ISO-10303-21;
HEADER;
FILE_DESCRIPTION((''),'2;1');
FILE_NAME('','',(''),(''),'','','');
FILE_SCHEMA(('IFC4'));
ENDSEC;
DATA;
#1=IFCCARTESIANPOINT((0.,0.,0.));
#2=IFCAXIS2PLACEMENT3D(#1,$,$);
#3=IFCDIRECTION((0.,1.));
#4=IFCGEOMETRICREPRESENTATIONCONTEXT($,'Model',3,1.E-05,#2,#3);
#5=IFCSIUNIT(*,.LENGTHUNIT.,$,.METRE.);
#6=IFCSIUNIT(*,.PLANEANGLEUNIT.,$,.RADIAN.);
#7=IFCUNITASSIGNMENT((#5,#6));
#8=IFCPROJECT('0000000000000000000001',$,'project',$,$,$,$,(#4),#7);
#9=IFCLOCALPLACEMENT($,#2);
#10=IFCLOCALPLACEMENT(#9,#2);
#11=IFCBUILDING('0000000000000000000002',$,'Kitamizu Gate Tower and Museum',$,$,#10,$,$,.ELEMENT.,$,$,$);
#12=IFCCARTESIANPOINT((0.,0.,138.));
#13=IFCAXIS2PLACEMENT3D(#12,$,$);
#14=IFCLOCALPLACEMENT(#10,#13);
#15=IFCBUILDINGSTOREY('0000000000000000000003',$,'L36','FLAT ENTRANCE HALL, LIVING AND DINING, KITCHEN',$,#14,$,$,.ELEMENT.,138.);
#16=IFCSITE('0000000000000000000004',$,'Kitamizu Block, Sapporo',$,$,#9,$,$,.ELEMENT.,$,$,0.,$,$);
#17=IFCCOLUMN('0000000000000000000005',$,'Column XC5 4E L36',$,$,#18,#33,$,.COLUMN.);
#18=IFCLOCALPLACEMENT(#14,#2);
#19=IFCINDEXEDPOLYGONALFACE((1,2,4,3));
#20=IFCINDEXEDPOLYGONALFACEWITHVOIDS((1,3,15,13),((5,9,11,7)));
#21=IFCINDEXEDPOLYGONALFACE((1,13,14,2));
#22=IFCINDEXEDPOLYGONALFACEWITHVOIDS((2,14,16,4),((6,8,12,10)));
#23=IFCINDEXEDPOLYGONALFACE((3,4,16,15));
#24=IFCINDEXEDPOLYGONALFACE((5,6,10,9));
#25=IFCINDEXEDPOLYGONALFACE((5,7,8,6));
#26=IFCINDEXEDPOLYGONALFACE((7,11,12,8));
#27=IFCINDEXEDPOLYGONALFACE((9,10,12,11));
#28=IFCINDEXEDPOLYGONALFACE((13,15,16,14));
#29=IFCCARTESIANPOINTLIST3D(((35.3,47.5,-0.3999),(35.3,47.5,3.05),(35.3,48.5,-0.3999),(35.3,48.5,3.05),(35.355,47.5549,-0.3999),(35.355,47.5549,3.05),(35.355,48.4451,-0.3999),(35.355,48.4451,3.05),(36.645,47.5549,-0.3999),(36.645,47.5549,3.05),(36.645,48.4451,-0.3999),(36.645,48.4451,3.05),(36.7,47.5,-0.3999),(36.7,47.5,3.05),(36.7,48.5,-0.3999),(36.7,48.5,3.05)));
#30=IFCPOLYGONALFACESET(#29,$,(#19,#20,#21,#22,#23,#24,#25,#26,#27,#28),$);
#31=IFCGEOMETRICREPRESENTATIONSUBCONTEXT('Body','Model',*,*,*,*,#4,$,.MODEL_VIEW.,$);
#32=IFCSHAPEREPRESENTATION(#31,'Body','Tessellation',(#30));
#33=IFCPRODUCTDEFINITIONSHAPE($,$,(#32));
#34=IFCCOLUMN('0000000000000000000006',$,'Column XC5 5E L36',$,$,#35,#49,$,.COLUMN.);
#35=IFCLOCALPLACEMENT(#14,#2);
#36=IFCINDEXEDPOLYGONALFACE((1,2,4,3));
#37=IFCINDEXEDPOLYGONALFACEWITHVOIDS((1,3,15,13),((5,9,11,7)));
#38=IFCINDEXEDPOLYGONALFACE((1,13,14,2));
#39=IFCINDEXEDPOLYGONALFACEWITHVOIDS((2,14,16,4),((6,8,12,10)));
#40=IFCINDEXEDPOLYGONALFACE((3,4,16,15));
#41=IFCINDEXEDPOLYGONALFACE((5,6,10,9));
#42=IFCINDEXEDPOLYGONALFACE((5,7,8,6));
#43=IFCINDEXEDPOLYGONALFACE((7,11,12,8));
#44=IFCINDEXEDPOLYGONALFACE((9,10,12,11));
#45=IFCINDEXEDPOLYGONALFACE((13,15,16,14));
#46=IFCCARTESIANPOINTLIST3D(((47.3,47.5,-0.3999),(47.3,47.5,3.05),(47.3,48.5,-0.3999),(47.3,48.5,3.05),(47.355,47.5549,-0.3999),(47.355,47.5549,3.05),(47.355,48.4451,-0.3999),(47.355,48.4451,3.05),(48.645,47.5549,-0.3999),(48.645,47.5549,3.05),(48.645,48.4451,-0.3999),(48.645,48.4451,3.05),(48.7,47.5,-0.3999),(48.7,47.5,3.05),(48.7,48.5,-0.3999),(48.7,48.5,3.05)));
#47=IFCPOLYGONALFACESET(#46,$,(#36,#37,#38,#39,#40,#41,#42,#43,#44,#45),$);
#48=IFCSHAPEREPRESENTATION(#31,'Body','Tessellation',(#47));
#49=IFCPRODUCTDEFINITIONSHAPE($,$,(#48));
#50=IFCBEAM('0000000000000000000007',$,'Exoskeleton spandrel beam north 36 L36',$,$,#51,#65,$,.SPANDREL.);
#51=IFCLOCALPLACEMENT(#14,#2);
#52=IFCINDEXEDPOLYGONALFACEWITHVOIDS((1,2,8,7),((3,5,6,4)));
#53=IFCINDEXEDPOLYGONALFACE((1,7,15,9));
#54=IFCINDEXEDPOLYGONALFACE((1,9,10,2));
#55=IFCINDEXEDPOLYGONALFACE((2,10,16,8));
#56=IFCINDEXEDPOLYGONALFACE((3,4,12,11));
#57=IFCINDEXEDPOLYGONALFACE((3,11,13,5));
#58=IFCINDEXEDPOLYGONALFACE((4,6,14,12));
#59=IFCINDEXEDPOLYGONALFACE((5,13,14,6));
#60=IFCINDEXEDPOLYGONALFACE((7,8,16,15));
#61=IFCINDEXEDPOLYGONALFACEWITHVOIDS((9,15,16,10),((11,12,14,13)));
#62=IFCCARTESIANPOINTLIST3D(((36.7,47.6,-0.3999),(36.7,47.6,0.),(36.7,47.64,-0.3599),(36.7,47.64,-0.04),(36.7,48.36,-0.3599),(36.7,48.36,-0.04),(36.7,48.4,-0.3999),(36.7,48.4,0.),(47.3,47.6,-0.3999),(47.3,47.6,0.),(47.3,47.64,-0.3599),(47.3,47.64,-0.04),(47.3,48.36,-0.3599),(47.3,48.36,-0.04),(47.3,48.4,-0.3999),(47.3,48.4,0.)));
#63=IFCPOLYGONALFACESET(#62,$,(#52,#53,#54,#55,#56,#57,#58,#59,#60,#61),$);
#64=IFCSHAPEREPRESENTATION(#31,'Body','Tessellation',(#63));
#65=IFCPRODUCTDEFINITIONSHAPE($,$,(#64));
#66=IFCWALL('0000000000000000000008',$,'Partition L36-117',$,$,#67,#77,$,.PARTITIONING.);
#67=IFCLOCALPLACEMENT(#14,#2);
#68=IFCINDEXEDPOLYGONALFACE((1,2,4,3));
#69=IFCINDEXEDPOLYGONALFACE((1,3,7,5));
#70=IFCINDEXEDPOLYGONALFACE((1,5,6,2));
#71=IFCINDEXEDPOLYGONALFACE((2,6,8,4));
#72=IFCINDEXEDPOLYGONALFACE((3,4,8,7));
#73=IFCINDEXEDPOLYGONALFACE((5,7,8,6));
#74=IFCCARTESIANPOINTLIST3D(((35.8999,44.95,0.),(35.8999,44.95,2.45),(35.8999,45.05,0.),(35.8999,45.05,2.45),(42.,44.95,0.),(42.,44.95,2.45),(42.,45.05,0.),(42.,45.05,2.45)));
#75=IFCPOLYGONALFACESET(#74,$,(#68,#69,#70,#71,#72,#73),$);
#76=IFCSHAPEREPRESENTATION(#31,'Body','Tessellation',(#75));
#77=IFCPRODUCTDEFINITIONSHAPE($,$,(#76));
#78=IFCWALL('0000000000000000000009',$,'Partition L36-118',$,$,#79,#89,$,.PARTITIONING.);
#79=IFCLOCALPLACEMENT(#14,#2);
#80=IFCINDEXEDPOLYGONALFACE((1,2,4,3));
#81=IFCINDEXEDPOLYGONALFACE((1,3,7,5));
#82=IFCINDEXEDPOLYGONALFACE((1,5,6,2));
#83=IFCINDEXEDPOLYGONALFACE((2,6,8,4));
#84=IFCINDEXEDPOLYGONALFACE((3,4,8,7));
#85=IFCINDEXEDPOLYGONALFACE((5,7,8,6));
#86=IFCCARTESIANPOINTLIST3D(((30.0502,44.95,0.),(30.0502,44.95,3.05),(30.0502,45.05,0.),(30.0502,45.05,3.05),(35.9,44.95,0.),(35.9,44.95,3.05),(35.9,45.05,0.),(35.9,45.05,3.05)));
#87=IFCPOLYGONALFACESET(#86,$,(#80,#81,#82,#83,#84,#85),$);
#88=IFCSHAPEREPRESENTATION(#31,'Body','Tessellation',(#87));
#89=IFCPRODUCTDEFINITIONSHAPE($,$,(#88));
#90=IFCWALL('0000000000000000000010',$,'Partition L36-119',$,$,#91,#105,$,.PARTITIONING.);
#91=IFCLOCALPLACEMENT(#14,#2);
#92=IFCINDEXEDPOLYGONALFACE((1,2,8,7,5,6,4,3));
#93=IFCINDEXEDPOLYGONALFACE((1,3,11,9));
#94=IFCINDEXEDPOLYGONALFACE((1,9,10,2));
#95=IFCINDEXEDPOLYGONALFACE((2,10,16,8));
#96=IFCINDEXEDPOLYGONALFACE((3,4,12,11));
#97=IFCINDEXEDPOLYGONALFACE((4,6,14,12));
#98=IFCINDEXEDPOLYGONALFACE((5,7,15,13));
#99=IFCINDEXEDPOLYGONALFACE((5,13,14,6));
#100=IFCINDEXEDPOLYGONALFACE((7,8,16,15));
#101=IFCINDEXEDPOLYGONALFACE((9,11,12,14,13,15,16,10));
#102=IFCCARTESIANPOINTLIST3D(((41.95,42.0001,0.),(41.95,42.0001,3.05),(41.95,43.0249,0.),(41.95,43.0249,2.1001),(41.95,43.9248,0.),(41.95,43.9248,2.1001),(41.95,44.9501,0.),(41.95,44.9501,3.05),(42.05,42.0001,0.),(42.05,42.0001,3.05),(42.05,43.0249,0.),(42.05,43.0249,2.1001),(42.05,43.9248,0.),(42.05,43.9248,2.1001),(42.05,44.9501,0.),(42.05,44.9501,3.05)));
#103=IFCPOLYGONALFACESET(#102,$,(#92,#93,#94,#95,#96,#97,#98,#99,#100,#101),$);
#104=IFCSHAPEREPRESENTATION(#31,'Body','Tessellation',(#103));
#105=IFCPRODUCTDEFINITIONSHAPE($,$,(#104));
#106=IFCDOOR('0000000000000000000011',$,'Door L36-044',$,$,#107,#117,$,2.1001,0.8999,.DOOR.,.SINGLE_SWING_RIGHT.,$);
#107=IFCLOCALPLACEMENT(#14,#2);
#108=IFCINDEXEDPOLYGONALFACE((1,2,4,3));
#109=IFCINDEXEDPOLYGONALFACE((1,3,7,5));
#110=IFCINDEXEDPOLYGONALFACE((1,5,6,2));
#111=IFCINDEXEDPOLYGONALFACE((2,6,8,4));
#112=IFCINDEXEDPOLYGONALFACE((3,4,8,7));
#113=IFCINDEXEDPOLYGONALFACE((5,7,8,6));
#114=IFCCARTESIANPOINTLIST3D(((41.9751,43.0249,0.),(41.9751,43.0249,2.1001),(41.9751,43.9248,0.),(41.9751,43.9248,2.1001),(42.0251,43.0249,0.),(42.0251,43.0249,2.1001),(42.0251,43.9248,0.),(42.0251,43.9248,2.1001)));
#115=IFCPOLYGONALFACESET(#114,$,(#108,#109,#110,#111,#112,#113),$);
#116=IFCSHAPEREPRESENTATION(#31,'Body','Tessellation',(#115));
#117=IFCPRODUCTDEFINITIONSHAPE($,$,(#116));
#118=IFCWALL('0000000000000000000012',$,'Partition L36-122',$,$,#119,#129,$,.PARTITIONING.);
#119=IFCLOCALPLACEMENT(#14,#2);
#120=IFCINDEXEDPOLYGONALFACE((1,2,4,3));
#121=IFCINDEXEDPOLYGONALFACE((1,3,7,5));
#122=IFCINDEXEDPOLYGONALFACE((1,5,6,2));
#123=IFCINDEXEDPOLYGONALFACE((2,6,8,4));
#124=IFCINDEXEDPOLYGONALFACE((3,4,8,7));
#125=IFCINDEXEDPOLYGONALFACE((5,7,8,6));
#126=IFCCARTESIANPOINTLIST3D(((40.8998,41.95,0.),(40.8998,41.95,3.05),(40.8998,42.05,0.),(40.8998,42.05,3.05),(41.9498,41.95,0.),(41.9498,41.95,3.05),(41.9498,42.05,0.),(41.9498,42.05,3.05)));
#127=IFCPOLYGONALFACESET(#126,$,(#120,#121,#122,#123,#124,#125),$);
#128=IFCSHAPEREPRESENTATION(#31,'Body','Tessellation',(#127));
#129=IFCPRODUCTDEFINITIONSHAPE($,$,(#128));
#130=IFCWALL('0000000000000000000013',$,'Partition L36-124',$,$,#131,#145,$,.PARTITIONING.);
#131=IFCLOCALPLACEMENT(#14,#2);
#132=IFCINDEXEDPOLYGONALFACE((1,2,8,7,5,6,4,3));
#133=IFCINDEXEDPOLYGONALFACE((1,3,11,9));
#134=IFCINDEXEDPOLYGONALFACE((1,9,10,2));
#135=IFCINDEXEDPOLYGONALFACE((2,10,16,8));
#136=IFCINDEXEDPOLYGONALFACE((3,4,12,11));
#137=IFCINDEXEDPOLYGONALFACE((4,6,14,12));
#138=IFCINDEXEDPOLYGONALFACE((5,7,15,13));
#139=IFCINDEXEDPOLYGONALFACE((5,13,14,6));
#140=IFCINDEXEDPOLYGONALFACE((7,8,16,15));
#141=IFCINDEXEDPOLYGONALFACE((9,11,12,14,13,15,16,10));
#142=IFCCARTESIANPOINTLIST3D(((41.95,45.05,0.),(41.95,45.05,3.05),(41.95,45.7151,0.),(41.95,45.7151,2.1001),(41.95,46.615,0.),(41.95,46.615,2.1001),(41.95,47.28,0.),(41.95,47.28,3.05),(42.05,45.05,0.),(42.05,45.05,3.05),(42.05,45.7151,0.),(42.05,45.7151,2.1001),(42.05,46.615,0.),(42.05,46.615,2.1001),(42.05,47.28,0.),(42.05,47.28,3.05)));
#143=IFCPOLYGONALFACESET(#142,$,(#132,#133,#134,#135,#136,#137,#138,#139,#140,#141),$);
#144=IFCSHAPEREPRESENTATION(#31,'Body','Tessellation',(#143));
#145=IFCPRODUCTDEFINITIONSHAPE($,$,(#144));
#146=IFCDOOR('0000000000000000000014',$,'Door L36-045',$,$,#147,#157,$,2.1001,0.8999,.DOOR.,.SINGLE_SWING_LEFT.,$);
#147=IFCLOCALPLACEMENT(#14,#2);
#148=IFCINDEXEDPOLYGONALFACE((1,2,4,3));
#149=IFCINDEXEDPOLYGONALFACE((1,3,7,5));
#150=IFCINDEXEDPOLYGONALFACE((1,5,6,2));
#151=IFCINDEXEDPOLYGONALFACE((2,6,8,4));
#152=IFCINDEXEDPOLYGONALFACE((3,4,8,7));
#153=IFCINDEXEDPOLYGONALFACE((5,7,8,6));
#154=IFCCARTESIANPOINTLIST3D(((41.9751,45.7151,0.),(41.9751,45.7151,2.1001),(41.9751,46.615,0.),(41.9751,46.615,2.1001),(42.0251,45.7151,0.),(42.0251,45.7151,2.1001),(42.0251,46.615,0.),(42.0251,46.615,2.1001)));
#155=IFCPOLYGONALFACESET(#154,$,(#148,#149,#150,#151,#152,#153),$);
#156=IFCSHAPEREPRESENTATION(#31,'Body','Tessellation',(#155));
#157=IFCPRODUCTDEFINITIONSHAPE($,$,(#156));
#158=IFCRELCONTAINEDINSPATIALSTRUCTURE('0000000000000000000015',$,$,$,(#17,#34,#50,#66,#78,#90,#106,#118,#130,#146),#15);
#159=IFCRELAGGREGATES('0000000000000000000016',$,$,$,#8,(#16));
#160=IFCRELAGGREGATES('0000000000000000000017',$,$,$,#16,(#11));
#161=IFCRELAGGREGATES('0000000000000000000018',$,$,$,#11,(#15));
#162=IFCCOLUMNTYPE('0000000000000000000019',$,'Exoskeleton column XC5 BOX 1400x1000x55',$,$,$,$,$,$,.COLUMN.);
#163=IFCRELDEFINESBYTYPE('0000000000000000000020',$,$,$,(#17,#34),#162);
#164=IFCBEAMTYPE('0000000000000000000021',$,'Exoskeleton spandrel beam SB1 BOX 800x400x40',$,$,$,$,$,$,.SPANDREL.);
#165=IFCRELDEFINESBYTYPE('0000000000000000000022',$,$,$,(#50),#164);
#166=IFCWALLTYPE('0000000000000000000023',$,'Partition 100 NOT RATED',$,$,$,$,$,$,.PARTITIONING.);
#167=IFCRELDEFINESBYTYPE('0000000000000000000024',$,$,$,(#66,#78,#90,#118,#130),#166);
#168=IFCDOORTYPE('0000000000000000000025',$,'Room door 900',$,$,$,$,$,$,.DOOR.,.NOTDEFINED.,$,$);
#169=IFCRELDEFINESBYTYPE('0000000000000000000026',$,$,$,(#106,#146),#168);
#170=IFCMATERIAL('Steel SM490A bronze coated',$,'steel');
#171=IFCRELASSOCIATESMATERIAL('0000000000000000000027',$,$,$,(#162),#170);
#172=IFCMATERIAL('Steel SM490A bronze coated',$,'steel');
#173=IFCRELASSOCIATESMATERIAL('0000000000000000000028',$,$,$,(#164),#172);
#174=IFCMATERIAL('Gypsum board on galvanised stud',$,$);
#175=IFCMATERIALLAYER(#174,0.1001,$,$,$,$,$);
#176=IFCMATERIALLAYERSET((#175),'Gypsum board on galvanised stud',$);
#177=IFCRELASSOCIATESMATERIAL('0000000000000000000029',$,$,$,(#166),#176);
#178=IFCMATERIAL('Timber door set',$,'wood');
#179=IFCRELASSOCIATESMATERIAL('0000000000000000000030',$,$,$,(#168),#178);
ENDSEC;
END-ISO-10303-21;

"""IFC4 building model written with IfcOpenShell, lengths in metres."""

from ifc_helpers import new_model, si_unit, direction, frame, frame_2d, origin, origin_2d, place, context, subcontext, project, spatial, rectangle, hollow_rectangle, extrude, material, layer, layer_set, material_profile, profile_set, type_object, element, fill, save


model = new_model("IFC4")

# Units and contexts
model_context = context("Model", 3, precision=1e-05, world=origin(), true_north=direction((0.0, 1.0)))
body_context = subcontext(model_context, "Body", "Model", "MODEL_VIEW")
ifc_project = project(units=[si_unit("LENGTHUNIT", "METRE"), si_unit("PLANEANGLEUNIT", "RADIAN")], contexts=[model_context])

# Site, building, storey
site_placement = place(None, origin())
site = spatial("IfcSite", under=ifc_project, at=site_placement, Name="Kitamizu Block, Sapporo", CompositionType="ELEMENT", RefElevation=0.0)
building_placement = place(site_placement, origin())
building = spatial("IfcBuilding", under=site, at=building_placement, Name="Kitamizu Gate Tower and Museum", CompositionType="ELEMENT")
storey_placement = place(building_placement, frame((0.0, 0.0, 138.0)))
storey = spatial("IfcBuildingStorey", under=building, at=storey_placement, Name="L36", Description="FLAT ENTRANCE HALL, LIVING AND DINING, KITCHEN", CompositionType="ELEMENT", Elevation=138.0)

# Columns
ifc_material_1 = material(Name="Steel SM490A bronze coated", Category="steel")
ifc_material_profile_1 = material_profile(ifc_material_1, hollow_rectangle(XDim=1.3999, YDim=1.0, WallThickness=0.0549, at=origin_2d()), Name="BOX 1400x1000x55")
ifc_profile_set_1 = profile_set([ifc_material_profile_1], Name="Steel SM490A bronze coated")
column_type = type_object("IfcColumnType", Name="Exoskeleton column XC5 BOX 1400x1000x55", PredefinedType="COLUMN", material=ifc_profile_set_1)
for number, where, z_axis, x_axis, name in (
    (1, (36.0, 48.0, -0.3999), (0.0, 0.0, 1.0), (1.0, 0.0, 0.0), "Column XC5 4E L36"),
    (2, (48.0, 48.0, -0.3999), (0.0, 0.0, 1.0), (1.0, 0.0, 0.0), "Column XC5 5E L36"),
):
    element("IfcColumn", number, at=place(storey_placement, frame(where, z_axis=z_axis, x_axis=x_axis)), inside=storey, type_object=column_type, Name=name, PredefinedType="COLUMN", context=body_context, shape_type="SweptSolid", body=[
        extrude(hollow_rectangle(XDim=1.3999, YDim=1.0, WallThickness=0.0549, at=origin_2d()), origin(), (0.0, 0.0, 1.0), 3.45),
    ])

# Beam
ifc_material_2 = material(Name="Steel SM490A bronze coated", Category="steel")
ifc_material_profile_2 = material_profile(ifc_material_2, hollow_rectangle(XDim=0.8, YDim=0.3999, WallThickness=0.04, at=origin_2d()), Name="BOX 800x400x40")
ifc_profile_set_2 = profile_set([ifc_material_profile_2], Name="Steel SM490A bronze coated")
beam_type = type_object("IfcBeamType", Name="Exoskeleton spandrel beam SB1 BOX 800x400x40", PredefinedType="SPANDREL", material=ifc_profile_set_2)
beam_placement = place(storey_placement, frame((36.7, 48.0, -0.2), z_axis=(1.0, 0.0, 0.0), x_axis=(0.0, 1.0, 0.0)))
element("IfcBeam", 3, at=beam_placement, inside=storey, type_object=beam_type, Name="Exoskeleton spandrel beam north 36 L36", PredefinedType="SPANDREL", context=body_context, shape_type="SweptSolid", body=[
    extrude(hollow_rectangle(XDim=0.8, YDim=0.3999, WallThickness=0.04, at=origin_2d()), origin(), (0.0, 0.0, 1.0), 10.6001),
])

# Walls
ifc_material_3 = material(Name="Gypsum board on galvanised stud")
ifc_layer_1 = layer(ifc_material_3, 0.1001)
ifc_layer_set_1 = layer_set([ifc_layer_1], Name="Gypsum board on galvanised stud")
wall_type_1 = type_object("IfcWallType", Name="Partition 100 NOT RATED", PredefinedType="PARTITIONING", material=ifc_layer_set_1)
wall_1_placement = place(storey_placement, frame((42.0, 45.0, 0.0), z_axis=(0.0, 0.0, 1.0), x_axis=(-1.0, 0.0, 0.0)))
element("IfcWall", 4, at=wall_1_placement, inside=storey, type_object=wall_type_1, Name="Partition L36-117", PredefinedType="PARTITIONING", context=body_context, shape_type="SweptSolid", body=[
    extrude(rectangle(XDim=6.1001, YDim=0.1001, at=frame_2d((3.05, 0.0))), origin(), (0.0, 0.0, 1.0), 2.45),
])
wall_2_placement = place(storey_placement, frame((35.8999, 45.0, 0.0), z_axis=(0.0, 0.0, 1.0), x_axis=(-1.0, 0.0, 0.0)))
element("IfcWall", 5, at=wall_2_placement, inside=storey, type_object=wall_type_1, Name="Partition L36-118", PredefinedType="PARTITIONING", context=body_context, shape_type="SweptSolid", body=[
    extrude(rectangle(XDim=5.8499, YDim=0.1001, at=frame_2d((2.9248, 0.0))), origin(), (0.0, 0.0, 1.0), 3.05),
])

# Wall, opening, door
wall_3_placement = place(storey_placement, frame((42.0, 42.0, 0.0), z_axis=(0.0, 0.0, 1.0), x_axis=(0.0, 1.0, 0.0)))
wall_3 = element("IfcWall", 6, at=wall_3_placement, inside=storey, type_object=wall_type_1, Name="Partition L36-119", PredefinedType="PARTITIONING", context=body_context, shape_type="SweptSolid", body=[
    extrude(rectangle(XDim=2.95, YDim=0.1001, at=frame_2d((1.4751, 0.0))), origin(), (0.0, 0.0, 1.0), 3.05),
])
opening_1_placement = place(wall_3_placement, frame((1.0249, 0.0, 0.0)))
opening_1 = element("IfcOpeningElement", 7, at=opening_1_placement, cuts=wall_3, PredefinedType="OPENING", context=body_context, shape_type="SweptSolid", body=[
    extrude(rectangle(XDim=0.8999, YDim=2.1001, at=frame_2d((0.45, 1.05))), frame((0.0, 0.0601, 0.0), z_axis=(0.0, -1.0, 0.0), x_axis=(1.0, 0.0, 0.0)), (0.0, 0.0, 1.0), 0.1201),
])
ifc_material_4 = material(Name="Timber door set", Category="wood")
door_type_1 = type_object("IfcDoorType", Name="Room door 900", OperationType="NOTDEFINED", PredefinedType="DOOR", material=ifc_material_4)
door_1_placement = place(opening_1_placement, origin())
door_1 = element("IfcDoor", 8, at=door_1_placement, inside=storey, type_object=door_type_1, Name="Door L36-044", OperationType="SINGLE_SWING_RIGHT", OverallHeight=2.1001, OverallWidth=0.8999, PredefinedType="DOOR", context=body_context, shape_type="SweptSolid", body=[
    extrude(rectangle(XDim=0.8999, YDim=2.1001, at=frame_2d((0.45, 1.05))), frame((0.0, 0.0249, 0.0), z_axis=(0.0, -1.0, 0.0), x_axis=(1.0, 0.0, 0.0)), (0.0, 0.0, 1.0), 0.05),
])
fill(opening_1, door_1)

# Wall
wall_4_placement = place(storey_placement, frame((40.8999, 42.0, 0.0), z_axis=(0.0, 0.0, 1.0), x_axis=(1.0, 0.0, 0.0)))
element("IfcWall", 9, at=wall_4_placement, inside=storey, type_object=wall_type_1, Name="Partition L36-122", PredefinedType="PARTITIONING", context=body_context, shape_type="SweptSolid", body=[
    extrude(rectangle(XDim=1.05, YDim=0.1001, at=frame_2d((0.5249, 0.0))), origin(), (0.0, 0.0, 1.0), 3.05),
])

# Wall, opening, door
wall_5_placement = place(storey_placement, frame((42.0, 45.05, 0.0), z_axis=(0.0, 0.0, 1.0), x_axis=(0.0, 1.0, 0.0)))
wall_5 = element("IfcWall", 10, at=wall_5_placement, inside=storey, type_object=wall_type_1, Name="Partition L36-124", PredefinedType="PARTITIONING", context=body_context, shape_type="SweptSolid", body=[
    extrude(rectangle(XDim=2.23, YDim=0.1001, at=frame_2d((1.115, 0.0))), origin(), (0.0, 0.0, 1.0), 3.05),
])
opening_2_placement = place(wall_5_placement, frame((0.665, 0.0, 0.0)))
opening_2 = element("IfcOpeningElement", 11, at=opening_2_placement, cuts=wall_5, PredefinedType="OPENING", context=body_context, shape_type="SweptSolid", body=[
    extrude(rectangle(XDim=0.8999, YDim=2.1001, at=frame_2d((0.45, 1.05))), frame((0.0, 0.0601, 0.0), z_axis=(0.0, -1.0, 0.0), x_axis=(1.0, 0.0, 0.0)), (0.0, 0.0, 1.0), 0.1201),
])
door_2_placement = place(opening_2_placement, origin())
door_2 = element("IfcDoor", 12, at=door_2_placement, inside=storey, type_object=door_type_1, Name="Door L36-045", OperationType="SINGLE_SWING_LEFT", OverallHeight=2.1001, OverallWidth=0.8999, PredefinedType="DOOR", context=body_context, shape_type="SweptSolid", body=[
    extrude(rectangle(XDim=0.8999, YDim=2.1001, at=frame_2d((0.45, 1.05))), frame((0.0, 0.0249, 0.0), z_axis=(0.0, -1.0, 0.0), x_axis=(1.0, 0.0, 0.0)), (0.0, 0.0, 1.0), 0.05),
])
fill(opening_2, door_2)

save(model, "model.ifc")
